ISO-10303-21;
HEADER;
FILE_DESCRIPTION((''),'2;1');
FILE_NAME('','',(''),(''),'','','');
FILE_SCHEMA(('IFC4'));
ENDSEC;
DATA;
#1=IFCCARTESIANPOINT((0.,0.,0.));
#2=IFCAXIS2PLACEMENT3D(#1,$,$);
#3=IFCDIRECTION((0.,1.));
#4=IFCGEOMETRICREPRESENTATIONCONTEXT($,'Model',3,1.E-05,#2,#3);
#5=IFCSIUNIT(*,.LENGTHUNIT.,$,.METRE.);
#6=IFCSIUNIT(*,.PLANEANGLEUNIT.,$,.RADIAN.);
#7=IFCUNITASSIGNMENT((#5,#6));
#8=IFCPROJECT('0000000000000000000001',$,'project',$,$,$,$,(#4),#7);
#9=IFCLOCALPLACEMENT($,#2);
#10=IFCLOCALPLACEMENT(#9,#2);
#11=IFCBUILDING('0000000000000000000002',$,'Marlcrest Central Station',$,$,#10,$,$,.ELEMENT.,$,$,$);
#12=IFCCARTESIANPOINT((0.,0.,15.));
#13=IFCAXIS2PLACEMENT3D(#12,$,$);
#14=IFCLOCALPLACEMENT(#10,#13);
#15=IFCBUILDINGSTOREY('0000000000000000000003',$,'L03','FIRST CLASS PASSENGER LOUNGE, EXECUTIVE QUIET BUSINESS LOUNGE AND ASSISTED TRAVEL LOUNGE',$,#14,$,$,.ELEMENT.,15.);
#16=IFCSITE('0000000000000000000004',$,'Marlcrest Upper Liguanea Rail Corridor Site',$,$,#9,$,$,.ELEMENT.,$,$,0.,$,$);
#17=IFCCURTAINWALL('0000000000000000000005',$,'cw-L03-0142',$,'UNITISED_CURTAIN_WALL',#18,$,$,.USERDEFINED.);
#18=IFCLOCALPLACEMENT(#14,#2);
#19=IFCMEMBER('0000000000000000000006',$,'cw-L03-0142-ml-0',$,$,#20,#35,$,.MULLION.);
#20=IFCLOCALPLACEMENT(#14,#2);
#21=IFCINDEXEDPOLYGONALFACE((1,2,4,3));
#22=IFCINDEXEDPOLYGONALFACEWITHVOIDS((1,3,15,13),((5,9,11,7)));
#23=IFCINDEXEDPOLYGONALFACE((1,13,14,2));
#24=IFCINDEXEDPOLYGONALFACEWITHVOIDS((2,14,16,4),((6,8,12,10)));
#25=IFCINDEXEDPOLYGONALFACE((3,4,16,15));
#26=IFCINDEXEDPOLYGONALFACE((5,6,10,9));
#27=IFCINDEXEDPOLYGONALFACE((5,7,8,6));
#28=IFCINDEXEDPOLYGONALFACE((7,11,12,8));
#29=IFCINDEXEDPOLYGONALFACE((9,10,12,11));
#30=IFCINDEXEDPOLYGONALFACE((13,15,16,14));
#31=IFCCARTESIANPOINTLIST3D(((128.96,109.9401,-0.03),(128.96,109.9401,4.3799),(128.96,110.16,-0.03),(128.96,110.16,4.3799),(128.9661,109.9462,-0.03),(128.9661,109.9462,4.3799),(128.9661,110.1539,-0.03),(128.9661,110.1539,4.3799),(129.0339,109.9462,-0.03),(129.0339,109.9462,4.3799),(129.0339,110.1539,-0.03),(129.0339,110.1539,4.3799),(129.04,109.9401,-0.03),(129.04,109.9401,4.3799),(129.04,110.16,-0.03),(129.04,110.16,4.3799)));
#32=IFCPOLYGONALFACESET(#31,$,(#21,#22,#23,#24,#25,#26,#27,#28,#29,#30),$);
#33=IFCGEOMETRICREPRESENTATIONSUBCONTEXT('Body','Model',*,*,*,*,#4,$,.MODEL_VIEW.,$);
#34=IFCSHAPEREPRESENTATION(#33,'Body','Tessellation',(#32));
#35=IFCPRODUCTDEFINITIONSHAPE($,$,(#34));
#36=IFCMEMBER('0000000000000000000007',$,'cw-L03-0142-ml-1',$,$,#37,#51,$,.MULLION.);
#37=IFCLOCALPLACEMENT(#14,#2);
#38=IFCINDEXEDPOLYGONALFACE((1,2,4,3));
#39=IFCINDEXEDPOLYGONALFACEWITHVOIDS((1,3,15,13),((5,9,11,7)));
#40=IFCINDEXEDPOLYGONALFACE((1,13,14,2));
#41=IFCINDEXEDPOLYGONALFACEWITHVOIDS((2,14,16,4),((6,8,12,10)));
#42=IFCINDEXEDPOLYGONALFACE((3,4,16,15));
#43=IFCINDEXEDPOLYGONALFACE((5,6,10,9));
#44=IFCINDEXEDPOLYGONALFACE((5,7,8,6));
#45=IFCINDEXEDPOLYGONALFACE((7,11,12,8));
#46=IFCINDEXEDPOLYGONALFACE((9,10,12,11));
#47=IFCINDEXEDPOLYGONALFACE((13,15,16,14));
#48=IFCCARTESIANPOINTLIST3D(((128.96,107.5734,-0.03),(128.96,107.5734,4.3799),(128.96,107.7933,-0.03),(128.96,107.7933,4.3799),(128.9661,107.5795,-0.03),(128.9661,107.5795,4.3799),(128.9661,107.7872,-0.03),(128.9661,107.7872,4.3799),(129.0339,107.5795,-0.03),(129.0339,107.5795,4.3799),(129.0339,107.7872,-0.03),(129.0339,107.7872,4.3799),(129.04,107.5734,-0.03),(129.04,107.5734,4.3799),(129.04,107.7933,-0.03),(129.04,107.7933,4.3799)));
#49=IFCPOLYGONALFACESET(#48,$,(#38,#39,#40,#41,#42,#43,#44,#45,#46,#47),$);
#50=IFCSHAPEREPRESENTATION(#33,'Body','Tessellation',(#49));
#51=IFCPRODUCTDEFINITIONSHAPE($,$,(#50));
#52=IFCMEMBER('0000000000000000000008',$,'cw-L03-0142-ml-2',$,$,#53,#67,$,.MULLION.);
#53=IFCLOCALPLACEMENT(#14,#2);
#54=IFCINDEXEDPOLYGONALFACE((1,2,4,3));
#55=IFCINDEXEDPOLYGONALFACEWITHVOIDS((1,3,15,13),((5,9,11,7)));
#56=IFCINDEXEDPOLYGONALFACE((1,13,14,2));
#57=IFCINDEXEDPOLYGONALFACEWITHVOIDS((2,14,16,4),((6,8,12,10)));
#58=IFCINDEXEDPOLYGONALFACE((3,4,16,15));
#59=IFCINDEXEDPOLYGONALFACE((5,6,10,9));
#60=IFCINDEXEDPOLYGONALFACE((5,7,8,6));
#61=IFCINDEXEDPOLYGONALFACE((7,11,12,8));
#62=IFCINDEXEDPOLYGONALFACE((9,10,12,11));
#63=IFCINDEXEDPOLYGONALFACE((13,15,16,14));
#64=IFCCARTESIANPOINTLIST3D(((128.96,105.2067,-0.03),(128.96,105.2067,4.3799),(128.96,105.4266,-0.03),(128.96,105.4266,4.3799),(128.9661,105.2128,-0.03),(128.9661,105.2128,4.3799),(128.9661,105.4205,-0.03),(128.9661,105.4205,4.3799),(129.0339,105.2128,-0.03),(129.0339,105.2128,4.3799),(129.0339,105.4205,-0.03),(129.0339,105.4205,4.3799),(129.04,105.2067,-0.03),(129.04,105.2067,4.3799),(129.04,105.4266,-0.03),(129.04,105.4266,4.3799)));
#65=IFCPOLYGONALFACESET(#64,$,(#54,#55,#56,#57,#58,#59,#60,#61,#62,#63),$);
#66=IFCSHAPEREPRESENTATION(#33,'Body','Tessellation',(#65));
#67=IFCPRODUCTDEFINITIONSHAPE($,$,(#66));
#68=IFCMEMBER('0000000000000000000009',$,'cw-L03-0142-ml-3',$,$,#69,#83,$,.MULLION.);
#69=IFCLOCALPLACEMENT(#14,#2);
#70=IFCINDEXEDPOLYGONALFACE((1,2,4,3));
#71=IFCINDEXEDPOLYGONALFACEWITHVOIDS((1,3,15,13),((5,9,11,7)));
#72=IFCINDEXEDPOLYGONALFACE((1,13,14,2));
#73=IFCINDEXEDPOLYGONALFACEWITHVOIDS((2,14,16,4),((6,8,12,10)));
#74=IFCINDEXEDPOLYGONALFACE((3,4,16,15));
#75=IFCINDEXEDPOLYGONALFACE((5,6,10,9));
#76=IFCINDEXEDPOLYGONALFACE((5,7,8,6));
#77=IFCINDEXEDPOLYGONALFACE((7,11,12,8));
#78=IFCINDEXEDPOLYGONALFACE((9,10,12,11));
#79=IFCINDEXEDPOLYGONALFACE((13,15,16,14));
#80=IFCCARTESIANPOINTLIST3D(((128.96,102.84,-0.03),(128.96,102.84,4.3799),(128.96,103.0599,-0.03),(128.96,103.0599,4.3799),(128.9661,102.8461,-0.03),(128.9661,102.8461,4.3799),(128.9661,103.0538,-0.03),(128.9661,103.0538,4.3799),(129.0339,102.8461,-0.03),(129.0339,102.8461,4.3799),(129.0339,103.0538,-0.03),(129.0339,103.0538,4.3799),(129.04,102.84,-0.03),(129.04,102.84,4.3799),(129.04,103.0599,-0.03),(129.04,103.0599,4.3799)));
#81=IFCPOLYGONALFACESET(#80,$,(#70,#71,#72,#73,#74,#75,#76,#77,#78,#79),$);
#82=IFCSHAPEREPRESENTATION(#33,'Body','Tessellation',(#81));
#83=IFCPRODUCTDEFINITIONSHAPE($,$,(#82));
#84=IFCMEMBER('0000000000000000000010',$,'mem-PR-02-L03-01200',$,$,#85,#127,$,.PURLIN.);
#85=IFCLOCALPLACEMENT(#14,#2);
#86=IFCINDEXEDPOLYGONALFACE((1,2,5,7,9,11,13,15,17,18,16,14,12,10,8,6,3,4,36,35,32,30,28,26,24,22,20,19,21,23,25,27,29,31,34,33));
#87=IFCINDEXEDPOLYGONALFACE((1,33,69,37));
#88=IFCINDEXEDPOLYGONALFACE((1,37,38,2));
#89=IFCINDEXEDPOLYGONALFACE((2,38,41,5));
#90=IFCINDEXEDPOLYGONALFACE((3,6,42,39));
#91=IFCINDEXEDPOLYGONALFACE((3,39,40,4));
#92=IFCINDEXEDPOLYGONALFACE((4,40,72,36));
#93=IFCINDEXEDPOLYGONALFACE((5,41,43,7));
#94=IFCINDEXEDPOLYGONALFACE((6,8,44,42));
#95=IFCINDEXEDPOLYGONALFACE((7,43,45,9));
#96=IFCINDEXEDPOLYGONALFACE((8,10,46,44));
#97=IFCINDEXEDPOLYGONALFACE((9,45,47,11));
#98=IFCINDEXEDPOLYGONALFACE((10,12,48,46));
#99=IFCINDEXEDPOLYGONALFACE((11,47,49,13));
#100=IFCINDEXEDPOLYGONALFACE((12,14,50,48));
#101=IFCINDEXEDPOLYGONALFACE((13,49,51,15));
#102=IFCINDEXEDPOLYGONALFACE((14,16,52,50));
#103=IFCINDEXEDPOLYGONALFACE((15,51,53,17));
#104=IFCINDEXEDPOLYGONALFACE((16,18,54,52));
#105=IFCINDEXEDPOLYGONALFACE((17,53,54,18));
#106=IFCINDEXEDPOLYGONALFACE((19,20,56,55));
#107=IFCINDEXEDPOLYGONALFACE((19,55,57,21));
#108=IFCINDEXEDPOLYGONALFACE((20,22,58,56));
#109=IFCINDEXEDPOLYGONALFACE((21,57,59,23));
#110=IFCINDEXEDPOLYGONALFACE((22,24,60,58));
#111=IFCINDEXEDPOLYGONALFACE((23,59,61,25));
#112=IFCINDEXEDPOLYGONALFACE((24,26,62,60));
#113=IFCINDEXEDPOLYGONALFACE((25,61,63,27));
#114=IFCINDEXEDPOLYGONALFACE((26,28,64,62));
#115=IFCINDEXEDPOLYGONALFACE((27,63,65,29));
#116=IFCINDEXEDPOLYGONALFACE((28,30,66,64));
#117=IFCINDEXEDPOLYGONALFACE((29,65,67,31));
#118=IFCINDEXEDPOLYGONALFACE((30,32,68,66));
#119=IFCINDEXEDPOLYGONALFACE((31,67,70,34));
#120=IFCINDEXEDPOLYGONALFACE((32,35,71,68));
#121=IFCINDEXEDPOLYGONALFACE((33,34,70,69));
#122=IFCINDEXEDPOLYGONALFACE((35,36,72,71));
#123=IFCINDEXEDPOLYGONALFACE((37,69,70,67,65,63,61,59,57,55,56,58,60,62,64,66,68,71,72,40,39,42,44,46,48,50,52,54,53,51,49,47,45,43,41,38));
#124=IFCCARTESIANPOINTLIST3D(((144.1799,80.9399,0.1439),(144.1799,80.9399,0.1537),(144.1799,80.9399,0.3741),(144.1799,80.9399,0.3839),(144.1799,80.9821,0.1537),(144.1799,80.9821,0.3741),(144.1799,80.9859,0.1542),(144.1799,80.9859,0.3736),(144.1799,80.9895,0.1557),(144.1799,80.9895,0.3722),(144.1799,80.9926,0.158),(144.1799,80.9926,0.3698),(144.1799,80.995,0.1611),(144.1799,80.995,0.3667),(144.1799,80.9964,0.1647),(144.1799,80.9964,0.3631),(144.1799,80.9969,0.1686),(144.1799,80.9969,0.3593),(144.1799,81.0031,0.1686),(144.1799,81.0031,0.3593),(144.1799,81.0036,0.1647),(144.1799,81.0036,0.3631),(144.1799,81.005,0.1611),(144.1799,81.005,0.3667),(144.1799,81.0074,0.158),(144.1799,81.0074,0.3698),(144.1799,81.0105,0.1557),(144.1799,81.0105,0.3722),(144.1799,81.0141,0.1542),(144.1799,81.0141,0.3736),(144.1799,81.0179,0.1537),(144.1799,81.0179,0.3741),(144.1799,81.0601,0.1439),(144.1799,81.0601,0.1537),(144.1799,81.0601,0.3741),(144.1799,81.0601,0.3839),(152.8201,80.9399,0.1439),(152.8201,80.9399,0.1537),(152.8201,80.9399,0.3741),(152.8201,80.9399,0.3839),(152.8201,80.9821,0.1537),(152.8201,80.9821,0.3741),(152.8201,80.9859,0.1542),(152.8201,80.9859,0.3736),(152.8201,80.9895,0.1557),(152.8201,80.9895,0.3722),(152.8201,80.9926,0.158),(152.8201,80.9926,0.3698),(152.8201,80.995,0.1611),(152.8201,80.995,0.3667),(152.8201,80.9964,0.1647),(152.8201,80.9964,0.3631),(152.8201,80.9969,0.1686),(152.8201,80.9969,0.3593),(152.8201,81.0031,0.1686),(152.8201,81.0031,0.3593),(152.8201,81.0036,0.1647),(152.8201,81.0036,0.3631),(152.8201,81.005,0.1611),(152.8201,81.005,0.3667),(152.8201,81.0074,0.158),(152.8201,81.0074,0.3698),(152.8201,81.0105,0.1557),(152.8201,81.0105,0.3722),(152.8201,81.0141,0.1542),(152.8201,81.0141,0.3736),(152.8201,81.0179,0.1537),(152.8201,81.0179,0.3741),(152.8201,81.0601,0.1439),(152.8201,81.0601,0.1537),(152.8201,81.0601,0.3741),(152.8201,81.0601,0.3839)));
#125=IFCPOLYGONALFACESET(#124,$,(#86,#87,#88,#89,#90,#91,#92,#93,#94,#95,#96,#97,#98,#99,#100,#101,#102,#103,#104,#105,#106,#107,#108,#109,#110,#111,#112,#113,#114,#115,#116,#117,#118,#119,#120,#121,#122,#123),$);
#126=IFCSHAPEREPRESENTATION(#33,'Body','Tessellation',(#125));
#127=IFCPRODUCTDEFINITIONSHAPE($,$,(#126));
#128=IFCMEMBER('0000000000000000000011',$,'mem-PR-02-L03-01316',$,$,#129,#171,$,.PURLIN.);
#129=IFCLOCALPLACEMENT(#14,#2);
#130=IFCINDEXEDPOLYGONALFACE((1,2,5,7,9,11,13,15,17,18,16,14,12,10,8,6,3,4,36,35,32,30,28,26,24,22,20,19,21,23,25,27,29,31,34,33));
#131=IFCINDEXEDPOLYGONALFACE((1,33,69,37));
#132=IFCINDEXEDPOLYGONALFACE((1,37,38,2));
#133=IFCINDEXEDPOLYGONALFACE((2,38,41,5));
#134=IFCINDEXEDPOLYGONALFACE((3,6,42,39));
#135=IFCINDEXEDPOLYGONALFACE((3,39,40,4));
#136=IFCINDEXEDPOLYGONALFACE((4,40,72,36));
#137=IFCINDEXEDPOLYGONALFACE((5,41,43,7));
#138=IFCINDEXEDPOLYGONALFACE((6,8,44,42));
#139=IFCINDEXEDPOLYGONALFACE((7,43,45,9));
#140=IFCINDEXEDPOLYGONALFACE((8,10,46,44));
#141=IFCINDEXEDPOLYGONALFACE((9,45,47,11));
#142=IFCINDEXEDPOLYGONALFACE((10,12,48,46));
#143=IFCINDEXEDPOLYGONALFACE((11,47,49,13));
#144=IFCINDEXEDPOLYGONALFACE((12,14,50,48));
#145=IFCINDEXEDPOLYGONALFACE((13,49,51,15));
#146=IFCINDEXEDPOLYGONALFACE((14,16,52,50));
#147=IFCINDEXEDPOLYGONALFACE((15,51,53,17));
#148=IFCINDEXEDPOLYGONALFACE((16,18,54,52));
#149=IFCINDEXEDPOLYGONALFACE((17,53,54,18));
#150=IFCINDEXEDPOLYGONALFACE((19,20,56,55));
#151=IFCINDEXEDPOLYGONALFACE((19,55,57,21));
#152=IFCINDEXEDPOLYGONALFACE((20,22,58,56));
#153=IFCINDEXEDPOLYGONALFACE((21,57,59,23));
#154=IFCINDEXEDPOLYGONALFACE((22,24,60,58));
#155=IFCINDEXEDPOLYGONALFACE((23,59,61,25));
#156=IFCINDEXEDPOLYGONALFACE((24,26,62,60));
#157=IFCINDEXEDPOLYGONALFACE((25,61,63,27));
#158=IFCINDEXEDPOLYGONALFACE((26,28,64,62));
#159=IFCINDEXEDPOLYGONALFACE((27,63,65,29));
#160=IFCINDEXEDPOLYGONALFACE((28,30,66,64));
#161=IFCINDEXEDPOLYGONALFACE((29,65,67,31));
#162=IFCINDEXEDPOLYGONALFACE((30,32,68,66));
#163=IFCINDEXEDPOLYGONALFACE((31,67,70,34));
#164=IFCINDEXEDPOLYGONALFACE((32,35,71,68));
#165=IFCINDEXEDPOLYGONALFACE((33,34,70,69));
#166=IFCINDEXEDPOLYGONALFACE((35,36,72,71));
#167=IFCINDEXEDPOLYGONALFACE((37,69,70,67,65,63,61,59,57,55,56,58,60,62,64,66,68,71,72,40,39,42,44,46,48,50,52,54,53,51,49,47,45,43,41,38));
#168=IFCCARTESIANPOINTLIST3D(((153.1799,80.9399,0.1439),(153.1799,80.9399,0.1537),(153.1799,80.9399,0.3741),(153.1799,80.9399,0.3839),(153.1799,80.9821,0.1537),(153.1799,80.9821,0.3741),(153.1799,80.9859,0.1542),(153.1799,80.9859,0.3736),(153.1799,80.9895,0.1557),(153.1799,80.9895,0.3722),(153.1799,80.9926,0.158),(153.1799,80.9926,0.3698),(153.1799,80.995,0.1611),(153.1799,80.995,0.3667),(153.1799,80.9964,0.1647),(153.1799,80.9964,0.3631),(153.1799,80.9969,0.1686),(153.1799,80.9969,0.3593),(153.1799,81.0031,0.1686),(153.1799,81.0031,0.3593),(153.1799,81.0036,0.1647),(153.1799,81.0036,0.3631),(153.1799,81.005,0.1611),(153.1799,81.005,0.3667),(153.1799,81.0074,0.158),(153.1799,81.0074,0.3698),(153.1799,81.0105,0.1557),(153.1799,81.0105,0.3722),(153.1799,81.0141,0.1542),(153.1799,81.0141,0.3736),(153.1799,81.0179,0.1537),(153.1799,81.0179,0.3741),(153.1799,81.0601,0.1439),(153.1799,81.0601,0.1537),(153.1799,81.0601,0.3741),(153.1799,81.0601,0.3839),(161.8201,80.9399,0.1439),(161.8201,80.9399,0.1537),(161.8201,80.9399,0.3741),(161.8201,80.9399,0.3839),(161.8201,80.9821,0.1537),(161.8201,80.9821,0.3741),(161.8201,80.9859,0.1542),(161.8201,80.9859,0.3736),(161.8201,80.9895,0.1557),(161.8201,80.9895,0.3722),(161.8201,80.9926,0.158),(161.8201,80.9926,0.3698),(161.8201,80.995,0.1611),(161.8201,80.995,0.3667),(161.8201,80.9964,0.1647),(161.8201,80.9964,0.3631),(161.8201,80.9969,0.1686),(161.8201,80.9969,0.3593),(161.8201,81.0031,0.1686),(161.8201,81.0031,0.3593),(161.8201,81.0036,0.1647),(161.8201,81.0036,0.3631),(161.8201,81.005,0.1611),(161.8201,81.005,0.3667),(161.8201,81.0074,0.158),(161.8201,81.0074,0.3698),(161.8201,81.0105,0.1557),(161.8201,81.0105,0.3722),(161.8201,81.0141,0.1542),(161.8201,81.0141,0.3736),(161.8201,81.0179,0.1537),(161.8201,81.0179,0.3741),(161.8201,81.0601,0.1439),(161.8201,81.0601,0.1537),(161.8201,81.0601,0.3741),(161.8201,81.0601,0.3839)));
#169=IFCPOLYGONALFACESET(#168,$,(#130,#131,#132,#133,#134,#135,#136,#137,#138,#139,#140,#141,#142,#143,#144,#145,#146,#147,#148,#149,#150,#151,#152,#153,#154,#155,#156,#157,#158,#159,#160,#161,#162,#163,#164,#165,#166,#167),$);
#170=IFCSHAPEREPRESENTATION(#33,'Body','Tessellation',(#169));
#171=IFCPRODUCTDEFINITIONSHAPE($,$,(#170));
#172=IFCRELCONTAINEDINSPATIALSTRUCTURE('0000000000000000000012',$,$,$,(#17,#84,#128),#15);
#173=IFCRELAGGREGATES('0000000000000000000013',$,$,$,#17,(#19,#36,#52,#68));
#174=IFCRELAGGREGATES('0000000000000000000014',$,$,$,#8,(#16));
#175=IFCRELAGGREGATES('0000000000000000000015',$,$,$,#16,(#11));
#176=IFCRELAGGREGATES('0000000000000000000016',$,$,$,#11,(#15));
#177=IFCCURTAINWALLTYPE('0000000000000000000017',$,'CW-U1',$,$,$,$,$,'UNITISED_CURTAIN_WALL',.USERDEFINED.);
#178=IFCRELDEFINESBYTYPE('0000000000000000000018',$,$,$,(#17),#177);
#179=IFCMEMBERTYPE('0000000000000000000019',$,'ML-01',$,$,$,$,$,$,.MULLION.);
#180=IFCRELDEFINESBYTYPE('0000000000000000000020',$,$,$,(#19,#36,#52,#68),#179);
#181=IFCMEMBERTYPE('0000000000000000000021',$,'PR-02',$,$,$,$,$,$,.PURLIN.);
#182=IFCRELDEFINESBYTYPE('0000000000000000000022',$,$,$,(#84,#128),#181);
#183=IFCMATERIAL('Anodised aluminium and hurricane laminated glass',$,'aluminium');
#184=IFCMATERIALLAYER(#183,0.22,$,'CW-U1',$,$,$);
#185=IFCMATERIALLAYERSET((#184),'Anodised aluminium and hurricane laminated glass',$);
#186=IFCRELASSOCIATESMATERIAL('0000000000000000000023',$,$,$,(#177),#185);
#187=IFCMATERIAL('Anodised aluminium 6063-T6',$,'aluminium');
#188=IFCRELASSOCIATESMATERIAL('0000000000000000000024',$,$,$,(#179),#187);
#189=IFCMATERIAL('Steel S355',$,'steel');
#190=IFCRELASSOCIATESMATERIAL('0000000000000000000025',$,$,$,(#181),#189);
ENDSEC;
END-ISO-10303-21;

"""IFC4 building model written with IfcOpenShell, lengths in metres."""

from ifc_helpers import new_model, si_unit, direction, frame, origin, origin_2d, place, context, subcontext, project, spatial, hollow_rectangle, i_section, extrude, material, layer, layer_set, material_profile, profile_set, type_object, element, aggregate, save


model = new_model("IFC4")

# Units and contexts
model_context = context("Model", 3, precision=1e-05, world=origin(), true_north=direction((0.0, 1.0)))
body_context = subcontext(model_context, "Body", "Model", "MODEL_VIEW")
ifc_project = project(units=[si_unit("LENGTHUNIT", "METRE"), si_unit("PLANEANGLEUNIT", "RADIAN")], contexts=[model_context])

# Site, building, storey
site_placement = place(None, origin())
site = spatial("IfcSite", under=ifc_project, at=site_placement, Name="Marlcrest Upper Liguanea Rail Corridor Site", CompositionType="ELEMENT", RefElevation=0.0)
building_placement = place(site_placement, origin())
building = spatial("IfcBuilding", under=site, at=building_placement, Name="Marlcrest Central Station", CompositionType="ELEMENT")
storey_placement = place(building_placement, frame((0.0, 0.0, 15.0)))
storey = spatial("IfcBuildingStorey", under=building, at=storey_placement, Name="L03", Description="FIRST CLASS PASSENGER LOUNGE, EXECUTIVE QUIET BUSINESS LOUNGE AND ASSISTED TRAVEL LOUNGE", CompositionType="ELEMENT", Elevation=15.0)

# Shared definitions
ifc_material_1 = material(Name="Steel S355", Category="steel")

# Shared definitions
ifc_material_2 = material(Name="Anodised aluminium and hurricane laminated glass", Category="aluminium")
ifc_layer_1 = layer(ifc_material_2, 0.22, Name="CW-U1")
ifc_layer_set_1 = layer_set([ifc_layer_1], Name="Anodised aluminium and hurricane laminated glass")
curtain_wall_type = type_object("IfcCurtainWallType", Name="CW-U1", ElementType="UNITISED_CURTAIN_WALL", PredefinedType="USERDEFINED", material=ifc_layer_set_1)
ifc_material_3 = material(Name="Anodised aluminium 6063-T6", Category="aluminium")
ifc_material_profile_1 = material_profile(ifc_material_3, hollow_rectangle(XDim=0.0801, YDim=0.22, WallThickness=0.0061, at=origin_2d()), Name="AA-RHS 220x80x6")
ifc_profile_set_1 = profile_set([ifc_material_profile_1], Name="Anodised aluminium 6063-T6")
member_type_1 = type_object("IfcMemberType", Name="ML-01", PredefinedType="MULLION", material=ifc_profile_set_1)

# Curtain wall, members
curtain_wall_1_placement = place(storey_placement, origin())
curtain_wall_1 = element("IfcCurtainWall", 1, at=curtain_wall_1_placement, inside=storey, type_object=curtain_wall_type, Name="cw-L03-0142", ObjectType="UNITISED_CURTAIN_WALL", PredefinedType="USERDEFINED")
member_1_placement = place(storey_placement, frame((129.0, 110.05, -0.03), z_axis=(0.0, 0.0, 1.0), x_axis=(1.0, 0.0, 0.0)))
member_1 = element("IfcMember", 2, at=member_1_placement, type_object=member_type_1, Name="cw-L03-0142-ml-0", PredefinedType="MULLION", context=body_context, shape_type="SweptSolid", body=[
    extrude(hollow_rectangle(XDim=0.0801, YDim=0.22, WallThickness=0.0061, at=origin_2d()), origin(), (0.0, 0.0, 1.0), 4.4099),
])
member_2_placement = place(storey_placement, frame((129.0, 107.6833, -0.03), z_axis=(0.0, 0.0, 1.0), x_axis=(1.0, 0.0, 0.0)))
member_2 = element("IfcMember", 3, at=member_2_placement, type_object=member_type_1, Name="cw-L03-0142-ml-1", PredefinedType="MULLION", context=body_context, shape_type="SweptSolid", body=[
    extrude(hollow_rectangle(XDim=0.0801, YDim=0.22, WallThickness=0.0061, at=origin_2d()), origin(), (0.0, 0.0, 1.0), 4.4099),
])
member_3_placement = place(storey_placement, frame((129.0, 105.3167, -0.03), z_axis=(0.0, 0.0, 1.0), x_axis=(1.0, 0.0, 0.0)))
member_3 = element("IfcMember", 4, at=member_3_placement, type_object=member_type_1, Name="cw-L03-0142-ml-2", PredefinedType="MULLION", context=body_context, shape_type="SweptSolid", body=[
    extrude(hollow_rectangle(XDim=0.0801, YDim=0.22, WallThickness=0.0061, at=origin_2d()), origin(), (0.0, 0.0, 1.0), 4.4099),
])
member_4_placement = place(storey_placement, frame((129.0, 102.95, -0.03), z_axis=(0.0, 0.0, 1.0), x_axis=(1.0, 0.0, 0.0)))
member_4 = element("IfcMember", 5, at=member_4_placement, type_object=member_type_1, Name="cw-L03-0142-ml-3", PredefinedType="MULLION", context=body_context, shape_type="SweptSolid", body=[
    extrude(hollow_rectangle(XDim=0.0801, YDim=0.22, WallThickness=0.0061, at=origin_2d()), origin(), (0.0, 0.0, 1.0), 4.4099),
])

# Members
ifc_material_profile_2 = material_profile(ifc_material_1, i_section(OverallWidth=0.1201, OverallDepth=0.24, WebThickness=0.0061, FlangeThickness=0.0098, FilletRadius=0.0149, at=origin_2d()), Name="IPE 240")
ifc_profile_set_2 = profile_set([ifc_material_profile_2], Name="Steel S355")
member_type_2 = type_object("IfcMemberType", Name="PR-02", PredefinedType="PURLIN", material=ifc_profile_set_2)
for number, where, z_axis, x_axis, name in (
    (6, (144.1799, 81.0, 0.2639), (1.0, 0.0, 0.0), (0.0, 1.0, 0.0), "mem-PR-02-L03-01200"),
    (7, (153.1799, 81.0, 0.2639), (1.0, 0.0, 0.0), (0.0, 1.0, 0.0), "mem-PR-02-L03-01316"),
):
    element("IfcMember", number, at=place(storey_placement, frame(where, z_axis=z_axis, x_axis=x_axis)), inside=storey, type_object=member_type_2, Name=name, PredefinedType="PURLIN", context=body_context, shape_type="SweptSolid", body=[
        extrude(i_section(OverallWidth=0.1201, OverallDepth=0.24, WebThickness=0.0061, FlangeThickness=0.0098, FilletRadius=0.0149, at=origin_2d()), origin(), (0.0, 0.0, 1.0), 8.6401),
    ])

aggregate(curtain_wall_1, [member_1, member_2, member_3, member_4])

save(model, "model.ifc")
